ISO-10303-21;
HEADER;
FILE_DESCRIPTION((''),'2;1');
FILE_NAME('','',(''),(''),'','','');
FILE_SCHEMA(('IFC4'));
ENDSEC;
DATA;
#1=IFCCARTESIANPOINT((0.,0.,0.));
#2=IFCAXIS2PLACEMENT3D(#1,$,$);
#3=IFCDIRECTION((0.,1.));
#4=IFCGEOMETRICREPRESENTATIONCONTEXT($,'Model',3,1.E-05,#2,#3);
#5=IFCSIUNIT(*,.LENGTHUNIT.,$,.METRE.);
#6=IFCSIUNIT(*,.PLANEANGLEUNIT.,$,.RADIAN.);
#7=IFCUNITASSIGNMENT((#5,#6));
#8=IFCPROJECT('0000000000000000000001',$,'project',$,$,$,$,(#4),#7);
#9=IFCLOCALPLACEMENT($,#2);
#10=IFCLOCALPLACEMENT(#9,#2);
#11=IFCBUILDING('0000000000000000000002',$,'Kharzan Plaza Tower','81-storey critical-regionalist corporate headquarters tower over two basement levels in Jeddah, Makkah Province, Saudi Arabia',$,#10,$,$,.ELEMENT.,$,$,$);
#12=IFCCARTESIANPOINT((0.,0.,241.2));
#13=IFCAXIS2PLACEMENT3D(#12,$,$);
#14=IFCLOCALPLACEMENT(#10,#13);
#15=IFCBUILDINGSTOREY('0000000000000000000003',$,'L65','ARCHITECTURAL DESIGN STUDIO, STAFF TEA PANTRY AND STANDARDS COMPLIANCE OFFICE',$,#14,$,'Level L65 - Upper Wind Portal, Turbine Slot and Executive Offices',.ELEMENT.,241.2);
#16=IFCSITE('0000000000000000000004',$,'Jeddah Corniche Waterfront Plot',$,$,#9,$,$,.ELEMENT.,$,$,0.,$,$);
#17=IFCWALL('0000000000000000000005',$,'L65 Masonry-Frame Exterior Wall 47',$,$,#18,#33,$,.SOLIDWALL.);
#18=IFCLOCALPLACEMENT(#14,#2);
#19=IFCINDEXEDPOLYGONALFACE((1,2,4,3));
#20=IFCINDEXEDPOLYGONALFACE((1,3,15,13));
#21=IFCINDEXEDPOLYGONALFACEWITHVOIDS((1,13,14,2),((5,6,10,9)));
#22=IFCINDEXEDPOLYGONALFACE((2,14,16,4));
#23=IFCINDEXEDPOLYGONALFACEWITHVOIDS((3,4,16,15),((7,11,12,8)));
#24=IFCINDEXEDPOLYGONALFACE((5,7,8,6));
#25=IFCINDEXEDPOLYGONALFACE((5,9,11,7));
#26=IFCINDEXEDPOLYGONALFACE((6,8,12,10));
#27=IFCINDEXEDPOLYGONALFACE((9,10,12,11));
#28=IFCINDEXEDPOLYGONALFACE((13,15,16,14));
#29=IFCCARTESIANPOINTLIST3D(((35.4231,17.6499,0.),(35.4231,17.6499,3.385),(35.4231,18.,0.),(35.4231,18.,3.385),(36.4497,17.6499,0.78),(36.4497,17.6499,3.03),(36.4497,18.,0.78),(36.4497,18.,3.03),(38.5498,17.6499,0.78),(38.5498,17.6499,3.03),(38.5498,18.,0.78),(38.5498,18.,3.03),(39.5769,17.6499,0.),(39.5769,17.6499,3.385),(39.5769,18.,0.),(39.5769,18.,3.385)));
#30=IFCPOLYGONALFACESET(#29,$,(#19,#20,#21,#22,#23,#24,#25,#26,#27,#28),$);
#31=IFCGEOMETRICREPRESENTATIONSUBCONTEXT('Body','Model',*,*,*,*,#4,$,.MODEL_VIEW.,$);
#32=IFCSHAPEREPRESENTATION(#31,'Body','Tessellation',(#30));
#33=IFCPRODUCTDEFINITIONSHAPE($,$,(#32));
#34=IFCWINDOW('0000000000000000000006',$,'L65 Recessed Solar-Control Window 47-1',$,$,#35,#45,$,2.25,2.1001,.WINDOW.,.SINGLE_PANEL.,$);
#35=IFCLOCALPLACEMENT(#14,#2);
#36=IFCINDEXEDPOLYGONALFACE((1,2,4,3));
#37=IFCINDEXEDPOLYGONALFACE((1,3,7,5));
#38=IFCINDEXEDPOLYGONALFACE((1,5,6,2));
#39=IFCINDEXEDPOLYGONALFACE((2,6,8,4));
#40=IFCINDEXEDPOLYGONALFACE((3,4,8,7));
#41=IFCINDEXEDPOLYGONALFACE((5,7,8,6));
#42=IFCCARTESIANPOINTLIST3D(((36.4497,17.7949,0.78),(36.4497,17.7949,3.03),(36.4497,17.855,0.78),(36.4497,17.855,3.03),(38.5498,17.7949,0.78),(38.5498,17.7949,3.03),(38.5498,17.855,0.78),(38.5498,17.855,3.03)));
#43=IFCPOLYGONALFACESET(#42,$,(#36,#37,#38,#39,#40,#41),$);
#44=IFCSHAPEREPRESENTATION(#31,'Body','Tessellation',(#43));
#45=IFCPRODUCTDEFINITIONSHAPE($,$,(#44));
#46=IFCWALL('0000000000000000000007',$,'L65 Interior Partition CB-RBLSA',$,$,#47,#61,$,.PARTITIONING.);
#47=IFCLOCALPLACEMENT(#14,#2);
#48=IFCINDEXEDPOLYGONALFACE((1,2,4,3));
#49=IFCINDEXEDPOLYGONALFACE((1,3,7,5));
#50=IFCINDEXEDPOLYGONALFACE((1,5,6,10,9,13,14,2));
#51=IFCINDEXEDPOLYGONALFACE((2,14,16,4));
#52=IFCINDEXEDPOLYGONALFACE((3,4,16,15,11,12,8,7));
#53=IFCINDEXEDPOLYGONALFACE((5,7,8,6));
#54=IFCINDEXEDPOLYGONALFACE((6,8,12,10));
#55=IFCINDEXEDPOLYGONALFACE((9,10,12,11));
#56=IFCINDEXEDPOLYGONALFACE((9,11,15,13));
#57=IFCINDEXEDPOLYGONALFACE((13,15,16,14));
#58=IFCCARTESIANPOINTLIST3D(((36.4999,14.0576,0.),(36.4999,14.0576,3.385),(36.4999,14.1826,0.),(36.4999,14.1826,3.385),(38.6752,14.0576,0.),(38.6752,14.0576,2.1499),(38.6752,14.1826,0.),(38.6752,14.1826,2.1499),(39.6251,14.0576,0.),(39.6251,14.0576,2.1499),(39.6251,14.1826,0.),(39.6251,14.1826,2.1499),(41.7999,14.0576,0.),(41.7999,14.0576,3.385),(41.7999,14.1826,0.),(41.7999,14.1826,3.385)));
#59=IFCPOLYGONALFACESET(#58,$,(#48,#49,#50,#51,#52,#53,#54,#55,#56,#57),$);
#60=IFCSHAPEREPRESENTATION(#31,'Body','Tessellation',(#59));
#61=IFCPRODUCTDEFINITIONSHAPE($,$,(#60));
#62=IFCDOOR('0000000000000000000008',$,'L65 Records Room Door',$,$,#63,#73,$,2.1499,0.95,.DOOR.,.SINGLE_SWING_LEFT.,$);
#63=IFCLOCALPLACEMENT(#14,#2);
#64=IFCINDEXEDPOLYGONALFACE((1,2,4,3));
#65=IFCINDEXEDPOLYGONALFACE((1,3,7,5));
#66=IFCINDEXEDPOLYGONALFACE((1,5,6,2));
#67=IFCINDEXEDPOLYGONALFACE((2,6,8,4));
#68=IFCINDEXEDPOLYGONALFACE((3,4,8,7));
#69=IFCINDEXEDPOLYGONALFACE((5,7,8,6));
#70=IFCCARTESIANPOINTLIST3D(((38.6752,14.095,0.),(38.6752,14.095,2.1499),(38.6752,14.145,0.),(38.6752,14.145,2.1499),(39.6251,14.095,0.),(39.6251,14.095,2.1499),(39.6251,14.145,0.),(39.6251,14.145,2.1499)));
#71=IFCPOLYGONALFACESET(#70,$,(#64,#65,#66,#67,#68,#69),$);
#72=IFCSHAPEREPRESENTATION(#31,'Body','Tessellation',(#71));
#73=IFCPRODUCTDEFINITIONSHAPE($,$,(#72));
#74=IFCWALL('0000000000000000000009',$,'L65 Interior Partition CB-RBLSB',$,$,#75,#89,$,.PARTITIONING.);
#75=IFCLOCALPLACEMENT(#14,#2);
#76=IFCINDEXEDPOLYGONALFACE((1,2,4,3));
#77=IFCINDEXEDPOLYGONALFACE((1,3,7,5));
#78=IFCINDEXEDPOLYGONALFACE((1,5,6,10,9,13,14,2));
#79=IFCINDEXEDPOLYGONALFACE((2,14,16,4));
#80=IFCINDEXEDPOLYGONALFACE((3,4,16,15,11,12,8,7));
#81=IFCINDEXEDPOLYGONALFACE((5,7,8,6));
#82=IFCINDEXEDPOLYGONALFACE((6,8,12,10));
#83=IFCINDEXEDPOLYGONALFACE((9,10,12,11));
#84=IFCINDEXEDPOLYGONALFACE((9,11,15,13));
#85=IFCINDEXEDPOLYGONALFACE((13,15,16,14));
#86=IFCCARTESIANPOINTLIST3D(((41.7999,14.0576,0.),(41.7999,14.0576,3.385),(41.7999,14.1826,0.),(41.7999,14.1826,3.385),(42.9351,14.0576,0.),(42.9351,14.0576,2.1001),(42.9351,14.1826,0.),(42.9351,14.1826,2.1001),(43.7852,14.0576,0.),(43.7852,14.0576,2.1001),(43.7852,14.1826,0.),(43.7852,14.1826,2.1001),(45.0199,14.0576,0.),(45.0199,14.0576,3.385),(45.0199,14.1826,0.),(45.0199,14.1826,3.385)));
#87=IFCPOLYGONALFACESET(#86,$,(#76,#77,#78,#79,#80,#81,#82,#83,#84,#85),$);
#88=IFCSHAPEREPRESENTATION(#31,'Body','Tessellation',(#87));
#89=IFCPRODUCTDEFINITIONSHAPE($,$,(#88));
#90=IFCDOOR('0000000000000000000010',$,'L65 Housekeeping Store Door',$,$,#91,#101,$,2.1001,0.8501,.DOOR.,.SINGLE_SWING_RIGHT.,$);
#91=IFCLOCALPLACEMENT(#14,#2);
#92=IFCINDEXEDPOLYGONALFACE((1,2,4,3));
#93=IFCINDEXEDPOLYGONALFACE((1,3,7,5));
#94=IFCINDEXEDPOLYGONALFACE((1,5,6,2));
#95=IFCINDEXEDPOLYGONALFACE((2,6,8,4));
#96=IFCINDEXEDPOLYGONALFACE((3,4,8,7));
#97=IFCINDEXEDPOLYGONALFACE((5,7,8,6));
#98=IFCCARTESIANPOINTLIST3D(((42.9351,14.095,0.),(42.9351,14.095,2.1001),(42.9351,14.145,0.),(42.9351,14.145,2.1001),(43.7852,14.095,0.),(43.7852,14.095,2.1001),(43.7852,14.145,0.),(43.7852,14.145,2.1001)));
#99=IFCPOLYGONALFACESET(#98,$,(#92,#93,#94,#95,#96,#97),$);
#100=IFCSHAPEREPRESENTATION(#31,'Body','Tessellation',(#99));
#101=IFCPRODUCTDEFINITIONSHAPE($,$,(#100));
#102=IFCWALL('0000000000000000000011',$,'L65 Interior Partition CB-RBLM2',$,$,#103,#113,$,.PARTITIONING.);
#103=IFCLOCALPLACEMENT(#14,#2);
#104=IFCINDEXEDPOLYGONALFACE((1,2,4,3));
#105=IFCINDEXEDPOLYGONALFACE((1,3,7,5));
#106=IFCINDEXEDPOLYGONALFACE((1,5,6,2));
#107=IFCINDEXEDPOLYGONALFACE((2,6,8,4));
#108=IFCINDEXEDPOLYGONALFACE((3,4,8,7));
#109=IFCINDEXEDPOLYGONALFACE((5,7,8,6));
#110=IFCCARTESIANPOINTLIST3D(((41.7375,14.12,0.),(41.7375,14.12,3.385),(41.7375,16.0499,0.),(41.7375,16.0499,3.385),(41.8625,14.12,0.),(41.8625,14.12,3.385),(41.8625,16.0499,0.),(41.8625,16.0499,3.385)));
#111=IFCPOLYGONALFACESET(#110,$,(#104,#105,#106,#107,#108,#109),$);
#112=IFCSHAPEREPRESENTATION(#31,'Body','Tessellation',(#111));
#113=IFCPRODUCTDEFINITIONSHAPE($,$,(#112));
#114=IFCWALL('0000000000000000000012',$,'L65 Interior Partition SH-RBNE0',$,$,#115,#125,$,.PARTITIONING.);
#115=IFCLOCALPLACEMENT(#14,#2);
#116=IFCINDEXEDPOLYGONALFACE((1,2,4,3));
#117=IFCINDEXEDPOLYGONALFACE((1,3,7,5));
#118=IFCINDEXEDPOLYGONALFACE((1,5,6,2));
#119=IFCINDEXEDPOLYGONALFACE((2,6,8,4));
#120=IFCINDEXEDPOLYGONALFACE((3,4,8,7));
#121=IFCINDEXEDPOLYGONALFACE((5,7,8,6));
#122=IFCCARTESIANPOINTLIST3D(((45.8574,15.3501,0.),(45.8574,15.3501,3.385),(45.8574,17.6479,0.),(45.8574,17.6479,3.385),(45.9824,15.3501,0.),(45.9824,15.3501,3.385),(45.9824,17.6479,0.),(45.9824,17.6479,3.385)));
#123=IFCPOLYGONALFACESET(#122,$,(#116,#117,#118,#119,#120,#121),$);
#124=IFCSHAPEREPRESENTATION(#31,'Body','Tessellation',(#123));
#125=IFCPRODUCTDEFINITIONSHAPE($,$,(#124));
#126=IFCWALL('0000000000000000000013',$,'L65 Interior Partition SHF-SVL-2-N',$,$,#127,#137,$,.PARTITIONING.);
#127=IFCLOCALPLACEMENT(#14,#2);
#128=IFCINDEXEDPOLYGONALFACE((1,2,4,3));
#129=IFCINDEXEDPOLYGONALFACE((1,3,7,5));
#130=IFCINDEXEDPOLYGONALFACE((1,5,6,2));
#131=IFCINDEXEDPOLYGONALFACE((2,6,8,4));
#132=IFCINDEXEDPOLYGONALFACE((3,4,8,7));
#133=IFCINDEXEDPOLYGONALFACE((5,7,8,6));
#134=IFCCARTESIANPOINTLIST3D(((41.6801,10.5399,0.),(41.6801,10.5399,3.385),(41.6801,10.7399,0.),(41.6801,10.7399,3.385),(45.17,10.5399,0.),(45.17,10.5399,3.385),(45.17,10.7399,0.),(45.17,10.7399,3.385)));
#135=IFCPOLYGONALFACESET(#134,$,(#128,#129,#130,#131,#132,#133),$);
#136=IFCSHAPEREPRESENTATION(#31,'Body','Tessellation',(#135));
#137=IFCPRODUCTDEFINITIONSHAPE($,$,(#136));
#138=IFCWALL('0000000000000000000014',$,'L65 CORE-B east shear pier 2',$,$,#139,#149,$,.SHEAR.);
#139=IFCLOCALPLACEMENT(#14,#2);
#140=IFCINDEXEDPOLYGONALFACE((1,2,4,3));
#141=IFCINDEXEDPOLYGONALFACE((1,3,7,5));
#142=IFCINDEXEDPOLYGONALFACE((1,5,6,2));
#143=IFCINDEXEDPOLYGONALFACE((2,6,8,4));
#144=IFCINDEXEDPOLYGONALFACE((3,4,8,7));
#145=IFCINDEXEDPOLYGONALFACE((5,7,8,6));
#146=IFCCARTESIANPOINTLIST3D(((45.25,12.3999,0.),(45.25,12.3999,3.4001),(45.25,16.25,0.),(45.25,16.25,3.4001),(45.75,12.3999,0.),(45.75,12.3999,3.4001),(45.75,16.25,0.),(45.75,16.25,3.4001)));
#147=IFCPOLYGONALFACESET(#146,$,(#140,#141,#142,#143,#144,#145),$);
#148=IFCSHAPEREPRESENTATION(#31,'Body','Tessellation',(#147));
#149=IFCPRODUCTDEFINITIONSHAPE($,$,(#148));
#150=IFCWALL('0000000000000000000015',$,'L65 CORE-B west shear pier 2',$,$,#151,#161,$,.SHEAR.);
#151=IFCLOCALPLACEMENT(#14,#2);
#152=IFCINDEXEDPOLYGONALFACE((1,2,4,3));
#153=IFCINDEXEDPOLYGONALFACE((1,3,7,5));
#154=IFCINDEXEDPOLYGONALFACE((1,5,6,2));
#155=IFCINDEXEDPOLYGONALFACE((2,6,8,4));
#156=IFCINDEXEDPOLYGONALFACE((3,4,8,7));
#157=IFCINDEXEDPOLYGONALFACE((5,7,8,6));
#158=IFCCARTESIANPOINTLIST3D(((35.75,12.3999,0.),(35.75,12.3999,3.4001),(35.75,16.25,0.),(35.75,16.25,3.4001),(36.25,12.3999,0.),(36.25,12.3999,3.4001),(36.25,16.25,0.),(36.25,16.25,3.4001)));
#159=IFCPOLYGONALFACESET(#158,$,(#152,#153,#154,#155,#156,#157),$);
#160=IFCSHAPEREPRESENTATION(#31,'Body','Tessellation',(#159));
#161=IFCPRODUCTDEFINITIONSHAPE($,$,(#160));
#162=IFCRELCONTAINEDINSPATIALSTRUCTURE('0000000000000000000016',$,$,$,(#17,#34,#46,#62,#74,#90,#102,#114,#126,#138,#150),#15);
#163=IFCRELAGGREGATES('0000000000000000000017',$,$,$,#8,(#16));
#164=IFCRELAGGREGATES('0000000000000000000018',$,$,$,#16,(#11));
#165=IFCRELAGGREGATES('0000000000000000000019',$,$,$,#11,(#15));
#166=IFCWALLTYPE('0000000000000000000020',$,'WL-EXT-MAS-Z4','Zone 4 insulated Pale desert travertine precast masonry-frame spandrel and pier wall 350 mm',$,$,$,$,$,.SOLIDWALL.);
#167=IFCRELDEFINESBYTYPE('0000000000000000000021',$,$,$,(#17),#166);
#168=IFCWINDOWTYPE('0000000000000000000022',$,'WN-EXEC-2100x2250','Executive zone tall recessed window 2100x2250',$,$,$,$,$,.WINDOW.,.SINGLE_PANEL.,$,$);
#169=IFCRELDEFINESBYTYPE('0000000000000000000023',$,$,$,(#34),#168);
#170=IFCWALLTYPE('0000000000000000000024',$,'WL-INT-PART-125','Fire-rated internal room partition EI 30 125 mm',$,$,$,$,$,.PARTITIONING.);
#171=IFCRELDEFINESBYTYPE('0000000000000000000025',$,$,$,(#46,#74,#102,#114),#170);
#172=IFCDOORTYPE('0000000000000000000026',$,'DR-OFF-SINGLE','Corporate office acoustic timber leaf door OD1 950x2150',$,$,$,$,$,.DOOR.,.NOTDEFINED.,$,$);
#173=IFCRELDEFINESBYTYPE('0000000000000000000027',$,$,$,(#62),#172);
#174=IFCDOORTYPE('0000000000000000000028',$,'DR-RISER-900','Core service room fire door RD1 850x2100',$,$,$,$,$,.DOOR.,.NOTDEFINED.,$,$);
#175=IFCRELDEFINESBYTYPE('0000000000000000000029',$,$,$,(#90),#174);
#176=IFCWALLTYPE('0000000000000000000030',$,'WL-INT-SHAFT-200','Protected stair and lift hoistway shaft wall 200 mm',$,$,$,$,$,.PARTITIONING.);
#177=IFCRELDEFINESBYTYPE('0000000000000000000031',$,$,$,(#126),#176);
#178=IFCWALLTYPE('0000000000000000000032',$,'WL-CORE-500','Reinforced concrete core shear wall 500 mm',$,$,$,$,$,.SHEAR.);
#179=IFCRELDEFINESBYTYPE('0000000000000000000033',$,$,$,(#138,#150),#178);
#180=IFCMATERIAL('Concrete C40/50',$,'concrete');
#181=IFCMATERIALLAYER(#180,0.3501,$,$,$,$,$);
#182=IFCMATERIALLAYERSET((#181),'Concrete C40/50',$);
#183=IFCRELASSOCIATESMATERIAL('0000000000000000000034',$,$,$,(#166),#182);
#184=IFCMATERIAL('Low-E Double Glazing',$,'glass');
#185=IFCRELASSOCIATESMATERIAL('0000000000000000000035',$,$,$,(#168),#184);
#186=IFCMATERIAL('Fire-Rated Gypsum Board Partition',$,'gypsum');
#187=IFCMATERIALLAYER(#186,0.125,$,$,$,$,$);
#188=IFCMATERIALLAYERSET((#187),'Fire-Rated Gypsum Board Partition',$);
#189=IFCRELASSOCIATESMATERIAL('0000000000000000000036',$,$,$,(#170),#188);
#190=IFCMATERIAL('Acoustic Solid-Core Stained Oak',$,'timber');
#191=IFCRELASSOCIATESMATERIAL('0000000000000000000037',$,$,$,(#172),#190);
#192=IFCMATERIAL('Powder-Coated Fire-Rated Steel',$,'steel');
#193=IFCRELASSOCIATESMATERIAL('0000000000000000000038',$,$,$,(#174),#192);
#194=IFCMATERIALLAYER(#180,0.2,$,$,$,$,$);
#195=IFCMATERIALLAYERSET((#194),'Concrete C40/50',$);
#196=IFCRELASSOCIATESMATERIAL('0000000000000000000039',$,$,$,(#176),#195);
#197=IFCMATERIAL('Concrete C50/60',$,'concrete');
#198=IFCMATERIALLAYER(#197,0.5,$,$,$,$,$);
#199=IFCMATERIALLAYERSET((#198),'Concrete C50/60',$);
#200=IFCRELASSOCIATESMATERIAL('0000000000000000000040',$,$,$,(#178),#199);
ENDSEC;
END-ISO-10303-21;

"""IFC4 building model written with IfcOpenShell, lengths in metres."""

from ifc_helpers import new_model, si_unit, direction, frame, frame_2d, origin, place, context, subcontext, project, spatial, rectangle, extrude, source, transform, mapped, material, layer, layer_set, type_object, element, fill, save


model = new_model("IFC4")

# Units and contexts
model_context = context("Model", 3, precision=1e-05, world=origin(), true_north=direction((0.0, 1.0)))
body_context = subcontext(model_context, "Body", "Model", "MODEL_VIEW")
ifc_project = project(units=[si_unit("LENGTHUNIT", "METRE"), si_unit("PLANEANGLEUNIT", "RADIAN")], contexts=[model_context])

# Site, building, storey
site_placement = place(None, origin())
site = spatial("IfcSite", under=ifc_project, at=site_placement, Name="Jeddah Corniche Waterfront Plot", CompositionType="ELEMENT", RefElevation=0.0)
building_placement = place(site_placement, origin())
building = spatial("IfcBuilding", under=site, at=building_placement, Name="Kharzan Plaza Tower", Description="81-storey critical-regionalist corporate headquarters tower over two basement levels in Jeddah, Makkah Province, Saudi Arabia", CompositionType="ELEMENT")
storey_placement = place(building_placement, frame((0.0, 0.0, 241.2)))
storey = spatial("IfcBuildingStorey", under=building, at=storey_placement, Name="L65", Description="ARCHITECTURAL DESIGN STUDIO, STAFF TEA PANTRY AND STANDARDS COMPLIANCE OFFICE", LongName="Level L65 - Upper Wind Portal, Turbine Slot and Executive Offices", CompositionType="ELEMENT", Elevation=241.2)

# Shared definitions
ifc_material_1 = material(Name="Concrete C50/60", Category="concrete")

# Wall, opening, window
ifc_material_2 = material(Name="Concrete C40/50", Category="concrete")
ifc_layer_1 = layer(ifc_material_2, 0.3501)
ifc_layer_set_1 = layer_set([ifc_layer_1], Name="Concrete C40/50")
wall_type_1 = type_object("IfcWallType", Name="WL-EXT-MAS-Z4", Description="Zone 4 insulated Pale desert travertine precast masonry-frame spandrel and pier wall 350 mm", PredefinedType="SOLIDWALL", material=ifc_layer_set_1)
ifc_material_3 = material(Name="Low-E Double Glazing", Category="glass")
window_type_1 = type_object("IfcWindowType", Name="WN-EXEC-2100x2250", Description="Executive zone tall recessed window 2100x2250", PartitioningType="SINGLE_PANEL", PredefinedType="WINDOW", material=ifc_material_3)
shared_shape_1 = source(origin(), body_context, "Body", "SweptSolid", [
    extrude(rectangle(XDim=2.1001, YDim=2.25, at=frame_2d((1.05, 1.125))), frame((0.0, 0.03, 0.0), z_axis=(0.0, -1.0, 0.0), x_axis=(1.0, 0.0, 0.0)), (0.0, 0.0, 1.0), 0.0601),
])
wall_1_placement = place(storey_placement, frame((39.5769, 17.825, 0.0), z_axis=(0.0, 0.0, 1.0), x_axis=(-1.0, 0.0, 0.0)))
wall_1 = element("IfcWall", 1, at=wall_1_placement, inside=storey, type_object=wall_type_1, Name="L65 Masonry-Frame Exterior Wall 47", PredefinedType="SOLIDWALL", context=body_context, shape_type="SweptSolid", body=[
    extrude(rectangle(XDim=4.1538, YDim=0.3501, at=frame_2d((2.0769, 0.0))), origin(), (0.0, 0.0, 1.0), 3.385),
])
opening_1_placement = place(wall_1_placement, frame((1.0271, 0.0, 0.78)))
opening_1 = element("IfcOpeningElement", 2, at=opening_1_placement, cuts=wall_1, PredefinedType="OPENING", context=body_context, shape_type="SweptSolid", body=[
    extrude(rectangle(XDim=2.1001, YDim=2.25, at=frame_2d((1.05, 1.125))), frame((0.0, 0.1851, 0.0), z_axis=(0.0, -1.0, 0.0), x_axis=(1.0, 0.0, 0.0)), (0.0, 0.0, 1.0), 0.3701),
])
window_1_placement = place(opening_1_placement, origin())
window_1 = element("IfcWindow", 3, at=window_1_placement, inside=storey, type_object=window_type_1, Name="L65 Recessed Solar-Control Window 47-1", OverallHeight=2.25, OverallWidth=2.1001, PartitioningType="SINGLE_PANEL", PredefinedType="WINDOW", context=body_context, shape_type="MappedRepresentation", body=[
    mapped(shared_shape_1, transform((0.0, 0.0, 0.0), x_axis=(1.0, 0.0, 0.0), y_axis=(0.0, 1.0, 0.0), z_axis=(0.0, 0.0, 1.0))),
])
fill(opening_1, window_1)

# Walls, openings, doors
ifc_material_4 = material(Name="Fire-Rated Gypsum Board Partition", Category="gypsum")
ifc_layer_2 = layer(ifc_material_4, 0.125)
ifc_layer_set_2 = layer_set([ifc_layer_2], Name="Fire-Rated Gypsum Board Partition")
wall_type_2 = type_object("IfcWallType", Name="WL-INT-PART-125", Description="Fire-rated internal room partition EI 30 125 mm", PredefinedType="PARTITIONING", material=ifc_layer_set_2)
wall_2_placement = place(storey_placement, frame((36.5, 14.1201, 0.0), z_axis=(0.0, 0.0, 1.0), x_axis=(1.0, 0.0, 0.0)))
wall_2 = element("IfcWall", 4, at=wall_2_placement, inside=storey, type_object=wall_type_2, Name="L65 Interior Partition CB-RBLSA", PredefinedType="PARTITIONING", context=body_context, shape_type="SweptSolid", body=[
    extrude(rectangle(XDim=5.3, YDim=0.125, at=frame_2d((2.6499, 0.0))), origin(), (0.0, 0.0, 1.0), 3.385),
])
opening_2_placement = place(wall_2_placement, frame((2.175, 0.0, 0.0)))
opening_2 = element("IfcOpeningElement", 5, at=opening_2_placement, cuts=wall_2, PredefinedType="OPENING", context=body_context, shape_type="SweptSolid", body=[
    extrude(rectangle(XDim=0.95, YDim=2.1499, at=frame_2d((0.4751, 1.075))), frame((0.0, 0.0725, 0.0), z_axis=(0.0, -1.0, 0.0), x_axis=(1.0, 0.0, 0.0)), (0.0, 0.0, 1.0), 0.145),
])
ifc_material_5 = material(Name="Acoustic Solid-Core Stained Oak", Category="timber")
door_type_1 = type_object("IfcDoorType", Name="DR-OFF-SINGLE", Description="Corporate office acoustic timber leaf door OD1 950x2150", OperationType="NOTDEFINED", PredefinedType="DOOR", material=ifc_material_5)
shared_shape_2 = source(origin(), body_context, "Body", "SweptSolid", [
    extrude(rectangle(XDim=0.95, YDim=2.1499, at=frame_2d((0.4751, 1.075))), frame((0.0, 0.0249, 0.0), z_axis=(0.0, -1.0, 0.0), x_axis=(1.0, 0.0, 0.0)), (0.0, 0.0, 1.0), 0.05),
])
door_1_placement = place(opening_2_placement, origin())
door_1 = element("IfcDoor", 6, at=door_1_placement, inside=storey, type_object=door_type_1, Name="L65 Records Room Door", OperationType="SINGLE_SWING_LEFT", OverallHeight=2.1499, OverallWidth=0.95, PredefinedType="DOOR", context=body_context, shape_type="MappedRepresentation", body=[
    mapped(shared_shape_2, transform((0.0, 0.0, 0.0), x_axis=(1.0, 0.0, 0.0), y_axis=(0.0, 1.0, 0.0), z_axis=(0.0, 0.0, 1.0))),
])
fill(opening_2, door_1)
wall_3_placement = place(storey_placement, frame((41.8, 14.1201, 0.0), z_axis=(0.0, 0.0, 1.0), x_axis=(1.0, 0.0, 0.0)))
wall_3 = element("IfcWall", 7, at=wall_3_placement, inside=storey, type_object=wall_type_2, Name="L65 Interior Partition CB-RBLSB", PredefinedType="PARTITIONING", context=body_context, shape_type="SweptSolid", body=[
    extrude(rectangle(XDim=3.22, YDim=0.125, at=frame_2d((1.6099, 0.0))), origin(), (0.0, 0.0, 1.0), 3.385),
])
opening_3_placement = place(wall_3_placement, frame((1.135, 0.0, 0.0)))
opening_3 = element("IfcOpeningElement", 8, at=opening_3_placement, cuts=wall_3, PredefinedType="OPENING", context=body_context, shape_type="SweptSolid", body=[
    extrude(rectangle(XDim=0.8501, YDim=2.1001, at=frame_2d((0.425, 1.05))), frame((0.0, 0.0725, 0.0), z_axis=(0.0, -1.0, 0.0), x_axis=(1.0, 0.0, 0.0)), (0.0, 0.0, 1.0), 0.145),
])
ifc_material_6 = material(Name="Powder-Coated Fire-Rated Steel", Category="steel")
door_type_2 = type_object("IfcDoorType", Name="DR-RISER-900", Description="Core service room fire door RD1 850x2100", OperationType="NOTDEFINED", PredefinedType="DOOR", material=ifc_material_6)
shared_shape_3 = source(origin(), body_context, "Body", "SweptSolid", [
    extrude(rectangle(XDim=0.8501, YDim=2.1001, at=frame_2d((0.425, 1.05))), frame((0.0, 0.0249, 0.0), z_axis=(0.0, -1.0, 0.0), x_axis=(1.0, 0.0, 0.0)), (0.0, 0.0, 1.0), 0.05),
])
door_2_placement = place(opening_3_placement, origin())
door_2 = element("IfcDoor", 9, at=door_2_placement, inside=storey, type_object=door_type_2, Name="L65 Housekeeping Store Door", OperationType="SINGLE_SWING_RIGHT", OverallHeight=2.1001, OverallWidth=0.8501, PredefinedType="DOOR", context=body_context, shape_type="MappedRepresentation", body=[
    mapped(shared_shape_3, transform((0.0, 0.0, 0.0), x_axis=(1.0, 0.0, 0.0), y_axis=(0.0, 1.0, 0.0), z_axis=(0.0, 0.0, 1.0))),
])
fill(opening_3, door_2)

# Walls
shared_shape_4 = source(origin(), body_context, "Body", "SweptSolid", [
    extrude(rectangle(XDim=1.9299, YDim=0.125, at=frame_2d((0.9648, 0.0))), origin(), (0.0, 0.0, 1.0), 3.385),
])
wall_4_placement = place(storey_placement, frame((41.8, 14.1201, 0.0), z_axis=(0.0, 0.0, 1.0), x_axis=(0.0, 1.0, 0.0)))
element("IfcWall", 10, at=wall_4_placement, inside=storey, type_object=wall_type_2, Name="L65 Interior Partition CB-RBLM2", PredefinedType="PARTITIONING", context=body_context, shape_type="MappedRepresentation", body=[
    mapped(shared_shape_4, transform((0.0, 0.0, 0.0), x_axis=(1.0, 0.0, 0.0), y_axis=(0.0, 1.0, 0.0), z_axis=(0.0, 0.0, 1.0))),
])
shared_shape_5 = source(origin(), body_context, "Body", "SweptSolid", [
    extrude(rectangle(XDim=2.2979, YDim=0.125, at=frame_2d((1.1489, 0.0))), origin(), (0.0, 0.0, 1.0), 3.385),
])
wall_5_placement = place(storey_placement, frame((45.9199, 15.3501, 0.0), z_axis=(0.0, 0.0, 1.0), x_axis=(0.0, 1.0, 0.0)))
element("IfcWall", 11, at=wall_5_placement, inside=storey, type_object=wall_type_2, Name="L65 Interior Partition SH-RBNE0", PredefinedType="PARTITIONING", context=body_context, shape_type="MappedRepresentation", body=[
    mapped(shared_shape_5, transform((0.0, 0.0, 0.0), x_axis=(1.0, 0.0, 0.0), y_axis=(0.0, 1.0, 0.0), z_axis=(0.0, 0.0, 1.0))),
])
ifc_layer_3 = layer(ifc_material_2, 0.2)
ifc_layer_set_3 = layer_set([ifc_layer_3], Name="Concrete C40/50")
wall_type_3 = type_object("IfcWallType", Name="WL-INT-SHAFT-200", Description="Protected stair and lift hoistway shaft wall 200 mm", PredefinedType="PARTITIONING", material=ifc_layer_set_3)
shared_shape_6 = source(origin(), body_context, "Body", "SweptSolid", [
    extrude(rectangle(XDim=3.49, YDim=0.2, at=frame_2d((1.7451, 0.0))), origin(), (0.0, 0.0, 1.0), 3.385),
])
wall_6_placement = place(storey_placement, frame((41.6799, 10.6399, 0.0), z_axis=(0.0, 0.0, 1.0), x_axis=(1.0, 0.0, 0.0)))
element("IfcWall", 12, at=wall_6_placement, inside=storey, type_object=wall_type_3, Name="L65 Interior Partition SHF-SVL-2-N", PredefinedType="PARTITIONING", context=body_context, shape_type="MappedRepresentation", body=[
    mapped(shared_shape_6, transform((0.0, 0.0, 0.0), x_axis=(1.0, 0.0, 0.0), y_axis=(0.0, 1.0, 0.0), z_axis=(0.0, 0.0, 1.0))),
])
ifc_layer_4 = layer(ifc_material_1, 0.5)
ifc_layer_set_4 = layer_set([ifc_layer_4], Name="Concrete C50/60")
wall_type_4 = type_object("IfcWallType", Name="WL-CORE-500", Description="Reinforced concrete core shear wall 500 mm", PredefinedType="SHEAR", material=ifc_layer_set_4)
shared_shape_7 = source(origin(), body_context, "Body", "SweptSolid", [
    extrude(rectangle(XDim=3.8501, YDim=0.5, at=frame_2d((1.925, 0.0))), origin(), (0.0, 0.0, 1.0), 3.4001),
])
for number, where, z_axis, x_axis, name in (
    (13, (45.5, 12.3999, 0.0), (0.0, 0.0, 1.0), (0.0, 1.0, 0.0), "L65 CORE-B east shear pier 2"),
    (14, (36.0, 12.3999, 0.0), (0.0, 0.0, 1.0), (0.0, 1.0, 0.0), "L65 CORE-B west shear pier 2"),
):
    element("IfcWall", number, at=place(storey_placement, frame(where, z_axis=z_axis, x_axis=x_axis)), inside=storey, type_object=wall_type_4, Name=name, PredefinedType="SHEAR", context=body_context, shape_type="MappedRepresentation", body=[
        mapped(shared_shape_7, transform((0.0, 0.0, 0.0), x_axis=(1.0, 0.0, 0.0), y_axis=(0.0, 1.0, 0.0), z_axis=(0.0, 0.0, 1.0))),
    ])

save(model, "model.ifc")
